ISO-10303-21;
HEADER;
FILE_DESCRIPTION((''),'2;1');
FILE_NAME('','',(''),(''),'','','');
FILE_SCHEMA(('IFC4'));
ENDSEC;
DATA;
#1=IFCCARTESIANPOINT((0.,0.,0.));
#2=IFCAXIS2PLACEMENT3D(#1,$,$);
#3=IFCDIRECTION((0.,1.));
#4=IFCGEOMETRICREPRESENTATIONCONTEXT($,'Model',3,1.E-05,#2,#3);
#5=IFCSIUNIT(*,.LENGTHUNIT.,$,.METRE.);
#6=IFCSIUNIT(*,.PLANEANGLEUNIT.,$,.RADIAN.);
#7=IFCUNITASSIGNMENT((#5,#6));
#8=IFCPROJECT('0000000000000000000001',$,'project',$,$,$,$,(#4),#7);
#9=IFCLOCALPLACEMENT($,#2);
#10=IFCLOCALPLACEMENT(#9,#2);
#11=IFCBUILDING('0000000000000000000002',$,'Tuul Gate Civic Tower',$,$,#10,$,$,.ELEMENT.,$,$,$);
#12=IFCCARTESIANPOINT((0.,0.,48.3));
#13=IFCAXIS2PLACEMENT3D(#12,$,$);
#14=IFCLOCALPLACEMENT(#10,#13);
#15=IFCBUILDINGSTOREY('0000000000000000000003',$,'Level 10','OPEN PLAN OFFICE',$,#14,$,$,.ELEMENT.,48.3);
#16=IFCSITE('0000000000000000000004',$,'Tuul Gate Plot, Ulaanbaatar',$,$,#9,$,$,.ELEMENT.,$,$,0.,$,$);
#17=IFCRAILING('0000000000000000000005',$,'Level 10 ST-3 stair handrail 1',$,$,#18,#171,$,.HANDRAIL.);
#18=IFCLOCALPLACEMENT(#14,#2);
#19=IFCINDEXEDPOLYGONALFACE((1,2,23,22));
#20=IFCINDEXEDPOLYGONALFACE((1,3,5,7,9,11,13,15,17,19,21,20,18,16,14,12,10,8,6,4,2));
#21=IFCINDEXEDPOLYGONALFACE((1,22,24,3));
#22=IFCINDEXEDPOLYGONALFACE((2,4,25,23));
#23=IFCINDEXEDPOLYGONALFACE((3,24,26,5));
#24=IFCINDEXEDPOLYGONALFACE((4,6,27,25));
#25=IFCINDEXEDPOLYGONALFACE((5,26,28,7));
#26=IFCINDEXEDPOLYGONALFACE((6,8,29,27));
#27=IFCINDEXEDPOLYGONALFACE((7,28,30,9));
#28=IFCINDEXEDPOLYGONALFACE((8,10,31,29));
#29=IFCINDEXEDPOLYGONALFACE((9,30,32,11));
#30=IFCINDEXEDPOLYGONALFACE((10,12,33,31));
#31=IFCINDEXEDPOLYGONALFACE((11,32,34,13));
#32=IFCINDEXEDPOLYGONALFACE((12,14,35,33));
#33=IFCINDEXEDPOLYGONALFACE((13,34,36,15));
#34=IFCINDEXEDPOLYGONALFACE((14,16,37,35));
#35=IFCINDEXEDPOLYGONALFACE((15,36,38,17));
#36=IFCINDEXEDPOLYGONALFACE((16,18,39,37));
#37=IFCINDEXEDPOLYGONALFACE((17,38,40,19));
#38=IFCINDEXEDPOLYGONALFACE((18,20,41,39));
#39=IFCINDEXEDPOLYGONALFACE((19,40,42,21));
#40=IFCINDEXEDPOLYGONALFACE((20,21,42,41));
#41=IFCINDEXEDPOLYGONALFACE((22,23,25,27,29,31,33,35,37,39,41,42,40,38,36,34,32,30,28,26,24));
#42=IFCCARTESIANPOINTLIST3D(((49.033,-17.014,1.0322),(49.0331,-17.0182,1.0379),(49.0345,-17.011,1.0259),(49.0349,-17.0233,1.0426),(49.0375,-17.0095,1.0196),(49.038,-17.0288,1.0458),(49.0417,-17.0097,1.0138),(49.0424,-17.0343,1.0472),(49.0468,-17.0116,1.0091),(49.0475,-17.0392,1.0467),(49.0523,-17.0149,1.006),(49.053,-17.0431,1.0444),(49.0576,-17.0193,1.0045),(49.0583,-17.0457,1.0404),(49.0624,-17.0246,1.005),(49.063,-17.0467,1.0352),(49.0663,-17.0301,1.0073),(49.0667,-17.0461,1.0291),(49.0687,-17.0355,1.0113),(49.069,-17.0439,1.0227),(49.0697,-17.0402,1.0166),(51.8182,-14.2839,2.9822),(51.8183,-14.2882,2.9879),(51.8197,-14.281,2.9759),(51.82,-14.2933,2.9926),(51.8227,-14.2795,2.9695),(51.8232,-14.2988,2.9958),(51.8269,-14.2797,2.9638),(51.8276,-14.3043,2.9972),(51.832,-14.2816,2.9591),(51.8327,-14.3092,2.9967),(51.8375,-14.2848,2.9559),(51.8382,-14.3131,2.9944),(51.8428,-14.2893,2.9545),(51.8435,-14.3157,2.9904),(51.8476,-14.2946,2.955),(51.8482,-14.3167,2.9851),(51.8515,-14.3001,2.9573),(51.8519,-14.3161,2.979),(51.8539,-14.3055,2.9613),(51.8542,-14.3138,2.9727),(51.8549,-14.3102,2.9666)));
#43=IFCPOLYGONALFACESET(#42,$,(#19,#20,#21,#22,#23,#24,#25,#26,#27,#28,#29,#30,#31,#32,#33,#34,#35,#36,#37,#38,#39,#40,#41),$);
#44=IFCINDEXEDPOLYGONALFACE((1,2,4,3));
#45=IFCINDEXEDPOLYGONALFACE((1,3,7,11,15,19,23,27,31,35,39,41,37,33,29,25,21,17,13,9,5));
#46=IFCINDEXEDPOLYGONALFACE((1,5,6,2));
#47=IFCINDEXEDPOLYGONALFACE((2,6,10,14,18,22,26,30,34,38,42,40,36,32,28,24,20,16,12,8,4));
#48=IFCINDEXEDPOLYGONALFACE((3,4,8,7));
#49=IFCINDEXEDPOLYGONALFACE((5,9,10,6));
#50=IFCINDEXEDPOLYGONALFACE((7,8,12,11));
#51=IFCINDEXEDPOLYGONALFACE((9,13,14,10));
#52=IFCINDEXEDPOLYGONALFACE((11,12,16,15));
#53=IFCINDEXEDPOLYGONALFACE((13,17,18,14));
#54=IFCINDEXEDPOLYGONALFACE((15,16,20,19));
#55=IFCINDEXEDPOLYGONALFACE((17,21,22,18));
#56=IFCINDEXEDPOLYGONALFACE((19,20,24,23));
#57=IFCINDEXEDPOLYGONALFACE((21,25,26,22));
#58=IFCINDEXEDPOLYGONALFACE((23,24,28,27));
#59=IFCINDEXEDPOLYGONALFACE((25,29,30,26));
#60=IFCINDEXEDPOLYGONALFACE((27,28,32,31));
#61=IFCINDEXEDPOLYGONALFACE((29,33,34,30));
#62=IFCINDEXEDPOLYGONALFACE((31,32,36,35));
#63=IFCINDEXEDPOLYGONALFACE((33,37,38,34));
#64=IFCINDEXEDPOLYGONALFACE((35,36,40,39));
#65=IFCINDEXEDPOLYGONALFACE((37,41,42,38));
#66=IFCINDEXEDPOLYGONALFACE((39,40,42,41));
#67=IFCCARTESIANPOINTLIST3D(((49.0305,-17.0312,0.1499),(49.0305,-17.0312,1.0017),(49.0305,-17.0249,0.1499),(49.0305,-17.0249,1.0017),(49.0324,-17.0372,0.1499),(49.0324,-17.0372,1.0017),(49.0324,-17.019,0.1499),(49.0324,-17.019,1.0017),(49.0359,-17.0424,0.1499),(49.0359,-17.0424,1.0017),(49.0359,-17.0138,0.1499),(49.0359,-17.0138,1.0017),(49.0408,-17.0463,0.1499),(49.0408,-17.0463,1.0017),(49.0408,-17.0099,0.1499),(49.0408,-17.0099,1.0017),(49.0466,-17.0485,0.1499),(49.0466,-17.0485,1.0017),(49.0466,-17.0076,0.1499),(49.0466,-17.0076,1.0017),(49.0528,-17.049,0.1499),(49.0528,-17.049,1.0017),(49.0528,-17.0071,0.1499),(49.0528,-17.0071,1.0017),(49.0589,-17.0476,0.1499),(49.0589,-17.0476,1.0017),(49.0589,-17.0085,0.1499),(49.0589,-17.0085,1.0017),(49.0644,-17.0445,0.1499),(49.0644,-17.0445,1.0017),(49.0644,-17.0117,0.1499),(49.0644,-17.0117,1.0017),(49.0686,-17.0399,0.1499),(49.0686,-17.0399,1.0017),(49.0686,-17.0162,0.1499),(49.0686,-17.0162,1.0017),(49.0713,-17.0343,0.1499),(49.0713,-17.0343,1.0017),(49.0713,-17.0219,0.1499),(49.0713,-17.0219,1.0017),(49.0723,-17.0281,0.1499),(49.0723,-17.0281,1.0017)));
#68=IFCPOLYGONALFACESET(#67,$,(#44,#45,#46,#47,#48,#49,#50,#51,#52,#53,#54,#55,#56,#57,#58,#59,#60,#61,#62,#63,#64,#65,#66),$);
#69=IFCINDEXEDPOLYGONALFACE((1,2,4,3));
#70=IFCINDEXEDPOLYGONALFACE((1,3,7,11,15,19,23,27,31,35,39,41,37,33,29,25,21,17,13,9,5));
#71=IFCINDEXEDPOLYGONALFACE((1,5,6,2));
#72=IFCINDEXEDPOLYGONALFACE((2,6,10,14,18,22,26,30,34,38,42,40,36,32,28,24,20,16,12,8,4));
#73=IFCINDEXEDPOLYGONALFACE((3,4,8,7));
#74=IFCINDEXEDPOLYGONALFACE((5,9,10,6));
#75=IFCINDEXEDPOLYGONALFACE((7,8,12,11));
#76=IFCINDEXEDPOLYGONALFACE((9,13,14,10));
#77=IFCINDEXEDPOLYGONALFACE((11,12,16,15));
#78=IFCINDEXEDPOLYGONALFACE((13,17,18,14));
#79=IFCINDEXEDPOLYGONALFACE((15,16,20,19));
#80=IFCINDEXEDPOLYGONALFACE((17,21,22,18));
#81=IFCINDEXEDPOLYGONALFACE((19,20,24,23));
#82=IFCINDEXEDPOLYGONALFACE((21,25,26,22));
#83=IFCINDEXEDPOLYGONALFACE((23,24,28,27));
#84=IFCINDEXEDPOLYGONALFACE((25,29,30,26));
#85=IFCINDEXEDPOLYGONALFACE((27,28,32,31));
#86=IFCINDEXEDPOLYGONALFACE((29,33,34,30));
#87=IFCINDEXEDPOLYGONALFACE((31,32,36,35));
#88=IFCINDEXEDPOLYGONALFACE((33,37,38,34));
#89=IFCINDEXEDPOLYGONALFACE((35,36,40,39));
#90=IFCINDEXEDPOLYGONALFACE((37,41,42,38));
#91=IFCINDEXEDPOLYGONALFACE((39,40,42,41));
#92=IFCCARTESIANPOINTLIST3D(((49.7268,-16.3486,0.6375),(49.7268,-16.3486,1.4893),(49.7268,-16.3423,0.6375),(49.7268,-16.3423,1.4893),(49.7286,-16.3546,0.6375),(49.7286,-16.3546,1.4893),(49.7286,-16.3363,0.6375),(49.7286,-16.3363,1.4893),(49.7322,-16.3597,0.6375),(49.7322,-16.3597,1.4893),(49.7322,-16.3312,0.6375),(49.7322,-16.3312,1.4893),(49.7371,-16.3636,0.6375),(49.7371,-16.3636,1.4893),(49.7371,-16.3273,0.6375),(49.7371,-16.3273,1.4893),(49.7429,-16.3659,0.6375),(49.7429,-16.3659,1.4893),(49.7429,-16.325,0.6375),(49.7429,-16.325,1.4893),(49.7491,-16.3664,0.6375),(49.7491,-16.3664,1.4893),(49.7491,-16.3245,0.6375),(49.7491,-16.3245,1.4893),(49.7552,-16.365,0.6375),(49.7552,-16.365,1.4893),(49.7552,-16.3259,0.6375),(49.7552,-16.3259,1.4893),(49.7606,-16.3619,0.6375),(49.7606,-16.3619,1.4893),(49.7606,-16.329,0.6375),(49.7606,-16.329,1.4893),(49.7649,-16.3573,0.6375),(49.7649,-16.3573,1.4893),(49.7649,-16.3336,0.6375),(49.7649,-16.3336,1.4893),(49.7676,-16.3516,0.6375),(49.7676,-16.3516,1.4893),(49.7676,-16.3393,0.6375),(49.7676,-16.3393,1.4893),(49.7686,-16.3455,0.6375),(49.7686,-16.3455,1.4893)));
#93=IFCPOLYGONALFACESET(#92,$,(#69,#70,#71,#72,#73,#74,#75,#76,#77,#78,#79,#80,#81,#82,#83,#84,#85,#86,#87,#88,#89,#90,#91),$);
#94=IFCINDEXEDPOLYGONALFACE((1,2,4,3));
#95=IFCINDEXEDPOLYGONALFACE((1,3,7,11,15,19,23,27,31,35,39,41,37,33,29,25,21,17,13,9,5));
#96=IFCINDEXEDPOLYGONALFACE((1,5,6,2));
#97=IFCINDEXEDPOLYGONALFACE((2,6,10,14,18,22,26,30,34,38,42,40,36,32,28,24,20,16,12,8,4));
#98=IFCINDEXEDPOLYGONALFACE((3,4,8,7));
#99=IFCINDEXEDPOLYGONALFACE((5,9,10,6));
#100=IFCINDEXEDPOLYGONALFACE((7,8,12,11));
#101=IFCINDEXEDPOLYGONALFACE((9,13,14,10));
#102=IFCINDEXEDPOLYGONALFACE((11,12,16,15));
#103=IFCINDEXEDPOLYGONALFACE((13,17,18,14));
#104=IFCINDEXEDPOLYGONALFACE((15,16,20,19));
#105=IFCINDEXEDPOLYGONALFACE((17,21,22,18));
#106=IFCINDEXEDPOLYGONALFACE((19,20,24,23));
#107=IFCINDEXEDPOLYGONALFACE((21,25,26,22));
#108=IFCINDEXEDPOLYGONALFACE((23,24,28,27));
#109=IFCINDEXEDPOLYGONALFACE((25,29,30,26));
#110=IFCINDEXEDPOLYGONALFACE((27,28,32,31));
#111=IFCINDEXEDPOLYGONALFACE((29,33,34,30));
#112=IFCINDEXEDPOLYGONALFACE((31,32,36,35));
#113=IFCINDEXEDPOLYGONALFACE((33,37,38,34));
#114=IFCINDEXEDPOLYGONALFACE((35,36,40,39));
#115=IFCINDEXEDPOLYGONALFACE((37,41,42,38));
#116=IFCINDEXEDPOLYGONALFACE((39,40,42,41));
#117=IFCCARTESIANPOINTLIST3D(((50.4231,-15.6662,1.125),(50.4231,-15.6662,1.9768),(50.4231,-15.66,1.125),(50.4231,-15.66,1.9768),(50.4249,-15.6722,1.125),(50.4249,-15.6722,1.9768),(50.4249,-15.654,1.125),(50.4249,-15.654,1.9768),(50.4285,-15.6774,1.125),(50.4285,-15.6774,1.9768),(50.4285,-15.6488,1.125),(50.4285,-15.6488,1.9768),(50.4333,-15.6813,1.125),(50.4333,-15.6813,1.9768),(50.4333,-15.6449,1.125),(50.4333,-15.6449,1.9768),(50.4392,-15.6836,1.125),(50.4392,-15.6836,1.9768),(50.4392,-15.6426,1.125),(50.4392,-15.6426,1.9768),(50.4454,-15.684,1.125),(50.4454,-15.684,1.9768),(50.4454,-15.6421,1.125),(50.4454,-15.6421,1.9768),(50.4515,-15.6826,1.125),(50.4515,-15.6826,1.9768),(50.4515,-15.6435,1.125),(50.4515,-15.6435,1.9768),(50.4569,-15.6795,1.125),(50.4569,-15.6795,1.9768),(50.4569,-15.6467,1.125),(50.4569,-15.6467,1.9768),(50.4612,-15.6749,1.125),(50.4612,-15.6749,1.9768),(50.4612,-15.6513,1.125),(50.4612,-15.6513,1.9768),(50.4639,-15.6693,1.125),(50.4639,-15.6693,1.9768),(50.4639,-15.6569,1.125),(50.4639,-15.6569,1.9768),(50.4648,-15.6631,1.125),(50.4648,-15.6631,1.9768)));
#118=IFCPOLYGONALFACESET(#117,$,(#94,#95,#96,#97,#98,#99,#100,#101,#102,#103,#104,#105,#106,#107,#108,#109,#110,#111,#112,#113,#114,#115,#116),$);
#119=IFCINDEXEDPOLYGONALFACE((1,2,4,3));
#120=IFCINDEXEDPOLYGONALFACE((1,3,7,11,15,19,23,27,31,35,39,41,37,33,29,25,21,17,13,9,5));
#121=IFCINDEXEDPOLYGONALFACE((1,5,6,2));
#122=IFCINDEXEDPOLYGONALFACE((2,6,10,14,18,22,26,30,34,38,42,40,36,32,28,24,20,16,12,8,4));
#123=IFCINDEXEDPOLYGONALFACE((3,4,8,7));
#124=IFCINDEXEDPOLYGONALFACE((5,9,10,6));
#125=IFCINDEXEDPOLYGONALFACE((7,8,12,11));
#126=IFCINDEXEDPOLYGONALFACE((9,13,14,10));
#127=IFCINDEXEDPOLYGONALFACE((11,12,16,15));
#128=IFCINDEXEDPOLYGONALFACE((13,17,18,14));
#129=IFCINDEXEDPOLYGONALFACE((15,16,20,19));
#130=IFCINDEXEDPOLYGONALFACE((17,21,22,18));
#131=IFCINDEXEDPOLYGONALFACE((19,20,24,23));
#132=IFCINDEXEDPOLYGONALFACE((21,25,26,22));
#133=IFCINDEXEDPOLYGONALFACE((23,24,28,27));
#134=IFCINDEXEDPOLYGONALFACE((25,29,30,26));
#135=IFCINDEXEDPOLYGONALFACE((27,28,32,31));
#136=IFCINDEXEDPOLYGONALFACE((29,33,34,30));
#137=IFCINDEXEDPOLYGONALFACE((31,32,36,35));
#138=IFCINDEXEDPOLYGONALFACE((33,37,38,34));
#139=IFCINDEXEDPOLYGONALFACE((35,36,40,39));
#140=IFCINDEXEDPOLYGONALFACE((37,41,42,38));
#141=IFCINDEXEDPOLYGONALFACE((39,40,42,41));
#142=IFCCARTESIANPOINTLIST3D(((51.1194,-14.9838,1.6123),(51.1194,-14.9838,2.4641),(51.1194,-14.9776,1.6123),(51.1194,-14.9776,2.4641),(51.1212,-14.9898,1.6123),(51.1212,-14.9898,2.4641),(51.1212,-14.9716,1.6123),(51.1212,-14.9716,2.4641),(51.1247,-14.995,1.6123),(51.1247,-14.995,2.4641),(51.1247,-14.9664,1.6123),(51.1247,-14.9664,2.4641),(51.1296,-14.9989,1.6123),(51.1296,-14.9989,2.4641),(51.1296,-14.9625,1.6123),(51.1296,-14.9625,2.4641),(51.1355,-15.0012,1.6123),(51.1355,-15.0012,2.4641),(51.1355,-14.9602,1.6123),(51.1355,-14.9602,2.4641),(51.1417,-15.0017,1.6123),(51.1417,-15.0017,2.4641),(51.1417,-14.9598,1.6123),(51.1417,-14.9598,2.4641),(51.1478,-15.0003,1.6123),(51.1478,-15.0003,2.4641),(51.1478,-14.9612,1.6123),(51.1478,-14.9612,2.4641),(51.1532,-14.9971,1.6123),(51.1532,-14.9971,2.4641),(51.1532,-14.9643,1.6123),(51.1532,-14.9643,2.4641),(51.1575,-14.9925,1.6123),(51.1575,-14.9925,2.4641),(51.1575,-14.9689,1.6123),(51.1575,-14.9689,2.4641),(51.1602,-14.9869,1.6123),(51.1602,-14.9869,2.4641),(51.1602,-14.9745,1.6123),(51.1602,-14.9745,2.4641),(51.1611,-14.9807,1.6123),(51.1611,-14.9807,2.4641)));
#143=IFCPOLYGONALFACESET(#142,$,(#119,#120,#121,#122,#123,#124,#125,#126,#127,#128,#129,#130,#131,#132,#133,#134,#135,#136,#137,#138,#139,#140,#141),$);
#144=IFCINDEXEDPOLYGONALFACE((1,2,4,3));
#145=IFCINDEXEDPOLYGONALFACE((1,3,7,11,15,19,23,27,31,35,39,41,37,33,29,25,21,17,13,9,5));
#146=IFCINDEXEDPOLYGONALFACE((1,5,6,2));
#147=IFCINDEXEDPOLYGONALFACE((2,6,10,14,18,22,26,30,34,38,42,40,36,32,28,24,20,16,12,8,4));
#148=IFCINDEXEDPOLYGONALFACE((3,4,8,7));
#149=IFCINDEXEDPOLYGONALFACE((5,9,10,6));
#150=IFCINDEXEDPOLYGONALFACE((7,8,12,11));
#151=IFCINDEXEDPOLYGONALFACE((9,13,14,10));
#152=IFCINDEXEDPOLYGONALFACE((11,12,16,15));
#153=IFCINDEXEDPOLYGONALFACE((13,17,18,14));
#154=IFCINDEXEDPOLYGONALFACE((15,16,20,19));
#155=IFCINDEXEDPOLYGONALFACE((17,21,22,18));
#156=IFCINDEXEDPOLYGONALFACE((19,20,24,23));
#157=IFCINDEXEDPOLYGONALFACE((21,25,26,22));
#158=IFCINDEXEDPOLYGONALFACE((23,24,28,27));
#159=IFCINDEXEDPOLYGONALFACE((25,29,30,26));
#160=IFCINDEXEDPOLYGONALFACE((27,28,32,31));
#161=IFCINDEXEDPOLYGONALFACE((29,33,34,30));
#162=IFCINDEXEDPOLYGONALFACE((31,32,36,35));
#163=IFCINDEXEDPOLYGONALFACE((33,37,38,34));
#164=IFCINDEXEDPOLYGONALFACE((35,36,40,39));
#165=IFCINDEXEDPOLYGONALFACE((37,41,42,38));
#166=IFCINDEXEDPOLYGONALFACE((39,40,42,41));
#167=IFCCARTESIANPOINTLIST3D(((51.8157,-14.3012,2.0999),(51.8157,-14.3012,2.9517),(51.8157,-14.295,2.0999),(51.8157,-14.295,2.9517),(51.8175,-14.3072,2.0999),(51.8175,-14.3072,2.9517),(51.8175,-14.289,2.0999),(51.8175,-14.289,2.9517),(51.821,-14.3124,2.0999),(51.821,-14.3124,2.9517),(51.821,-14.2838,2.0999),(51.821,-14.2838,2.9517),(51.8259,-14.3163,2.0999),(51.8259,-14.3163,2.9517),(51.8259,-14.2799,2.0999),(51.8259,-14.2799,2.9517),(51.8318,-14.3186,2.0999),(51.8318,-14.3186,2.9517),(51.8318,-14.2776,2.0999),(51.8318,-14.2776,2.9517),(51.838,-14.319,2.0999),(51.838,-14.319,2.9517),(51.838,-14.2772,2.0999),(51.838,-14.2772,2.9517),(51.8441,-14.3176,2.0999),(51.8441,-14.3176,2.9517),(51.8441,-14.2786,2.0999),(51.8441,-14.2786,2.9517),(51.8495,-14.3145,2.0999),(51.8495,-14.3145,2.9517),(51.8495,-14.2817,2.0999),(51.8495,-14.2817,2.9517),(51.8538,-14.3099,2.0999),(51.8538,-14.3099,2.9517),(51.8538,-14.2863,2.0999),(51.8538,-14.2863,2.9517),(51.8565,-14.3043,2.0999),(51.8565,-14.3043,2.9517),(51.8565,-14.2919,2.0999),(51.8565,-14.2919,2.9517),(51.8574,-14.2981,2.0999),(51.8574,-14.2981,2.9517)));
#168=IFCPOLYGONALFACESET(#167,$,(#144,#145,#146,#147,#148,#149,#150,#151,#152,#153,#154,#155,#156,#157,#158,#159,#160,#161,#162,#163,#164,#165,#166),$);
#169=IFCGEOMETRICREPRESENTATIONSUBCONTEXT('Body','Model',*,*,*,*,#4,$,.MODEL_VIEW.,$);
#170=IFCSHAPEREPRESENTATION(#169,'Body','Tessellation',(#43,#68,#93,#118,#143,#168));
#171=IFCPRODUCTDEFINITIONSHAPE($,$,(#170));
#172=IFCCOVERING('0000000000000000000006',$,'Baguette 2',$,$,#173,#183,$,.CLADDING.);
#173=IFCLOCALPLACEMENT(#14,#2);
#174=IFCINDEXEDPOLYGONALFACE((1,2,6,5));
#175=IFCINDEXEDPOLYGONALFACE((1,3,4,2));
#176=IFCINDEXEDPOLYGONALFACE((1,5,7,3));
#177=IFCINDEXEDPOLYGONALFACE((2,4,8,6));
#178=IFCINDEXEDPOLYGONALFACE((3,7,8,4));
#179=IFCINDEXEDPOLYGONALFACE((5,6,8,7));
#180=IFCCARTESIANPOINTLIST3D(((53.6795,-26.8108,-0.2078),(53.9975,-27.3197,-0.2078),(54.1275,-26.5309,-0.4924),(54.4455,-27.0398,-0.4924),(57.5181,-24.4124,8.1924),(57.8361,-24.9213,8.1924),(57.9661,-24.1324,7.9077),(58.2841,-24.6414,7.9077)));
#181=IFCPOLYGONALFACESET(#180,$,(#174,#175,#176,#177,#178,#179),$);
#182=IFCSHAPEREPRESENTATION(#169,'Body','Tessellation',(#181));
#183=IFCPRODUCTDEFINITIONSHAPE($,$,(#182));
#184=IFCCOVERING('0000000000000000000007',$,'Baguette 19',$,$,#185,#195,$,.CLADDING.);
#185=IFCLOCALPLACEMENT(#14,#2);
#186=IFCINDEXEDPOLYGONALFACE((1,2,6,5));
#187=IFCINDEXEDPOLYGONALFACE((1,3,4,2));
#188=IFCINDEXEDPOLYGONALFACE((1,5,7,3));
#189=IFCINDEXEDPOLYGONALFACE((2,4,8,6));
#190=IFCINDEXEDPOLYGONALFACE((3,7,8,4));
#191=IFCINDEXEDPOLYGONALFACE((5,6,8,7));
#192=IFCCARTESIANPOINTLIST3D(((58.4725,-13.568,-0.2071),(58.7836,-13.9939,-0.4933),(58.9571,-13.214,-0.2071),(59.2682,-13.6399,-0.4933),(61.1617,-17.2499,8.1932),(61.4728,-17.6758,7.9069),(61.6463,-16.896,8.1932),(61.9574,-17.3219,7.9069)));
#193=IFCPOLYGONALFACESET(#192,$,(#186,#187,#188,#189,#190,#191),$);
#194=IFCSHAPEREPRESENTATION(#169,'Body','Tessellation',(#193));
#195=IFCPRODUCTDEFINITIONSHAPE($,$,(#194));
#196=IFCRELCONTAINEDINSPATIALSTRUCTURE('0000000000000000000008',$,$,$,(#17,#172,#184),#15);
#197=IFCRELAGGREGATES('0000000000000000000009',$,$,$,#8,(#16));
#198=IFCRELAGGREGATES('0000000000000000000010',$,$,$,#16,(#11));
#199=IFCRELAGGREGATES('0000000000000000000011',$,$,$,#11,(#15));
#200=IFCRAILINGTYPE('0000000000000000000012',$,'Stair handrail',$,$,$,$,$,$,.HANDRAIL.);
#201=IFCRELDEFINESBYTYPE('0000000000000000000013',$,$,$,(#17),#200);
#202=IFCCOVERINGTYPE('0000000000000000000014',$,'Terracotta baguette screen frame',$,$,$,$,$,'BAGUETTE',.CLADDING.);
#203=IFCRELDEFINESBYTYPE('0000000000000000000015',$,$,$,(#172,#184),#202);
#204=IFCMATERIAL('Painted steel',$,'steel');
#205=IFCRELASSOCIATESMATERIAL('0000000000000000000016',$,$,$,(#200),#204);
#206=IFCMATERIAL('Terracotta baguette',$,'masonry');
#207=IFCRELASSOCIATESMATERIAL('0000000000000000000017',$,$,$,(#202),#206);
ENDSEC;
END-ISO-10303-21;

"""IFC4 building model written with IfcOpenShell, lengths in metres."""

from ifc_helpers import new_model, si_unit, direction, frame, origin, origin_2d, place, context, subcontext, project, spatial, rectangle, circle, extrude, material, material_profile, profile_set, type_object, element, save


model = new_model("IFC4")

# Units and contexts
model_context = context("Model", 3, precision=1e-05, world=origin(), true_north=direction((0.0, 1.0)))
body_context = subcontext(model_context, "Body", "Model", "MODEL_VIEW")
ifc_project = project(units=[si_unit("LENGTHUNIT", "METRE"), si_unit("PLANEANGLEUNIT", "RADIAN")], contexts=[model_context])

# Site, building, storey
site_placement = place(None, origin())
site = spatial("IfcSite", under=ifc_project, at=site_placement, Name="Tuul Gate Plot, Ulaanbaatar", CompositionType="ELEMENT", RefElevation=0.0)
building_placement = place(site_placement, origin())
building = spatial("IfcBuilding", under=site, at=building_placement, Name="Tuul Gate Civic Tower", CompositionType="ELEMENT")
storey_placement = place(building_placement, frame((0.0, 0.0, 48.3)))
storey = spatial("IfcBuildingStorey", under=building, at=storey_placement, Name="Level 10", Description="OPEN PLAN OFFICE", CompositionType="ELEMENT", Elevation=48.3)

# Railing
ifc_material_1 = material(Name="Painted steel", Category="steel")
railing_type_1 = type_object("IfcRailingType", Name="Stair handrail", PredefinedType="HANDRAIL", material=ifc_material_1)
railing_1_placement = place(storey_placement, frame((49.0513, -17.0281, 0.1499)))
element("IfcRailing", 1, at=railing_1_placement, inside=storey, type_object=railing_type_1, Name="Level 10 ST-3 stair handrail 1", PredefinedType="HANDRAIL", context=body_context, shape_type="SweptSolid", body=[
    extrude(circle(Radius=0.0239, at=origin_2d()), frame((0.0, 0.0, 0.876), z_axis=(0.638754, 0.6261, 0.447206), x_axis=(-0.699998, 0.714145, 0.0)), (0.0, 0.0, 1.0), 4.3604),
    extrude(circle(Radius=0.021, at=origin_2d()), origin(), (0.0, 0.0, 1.0), 0.8518),
    extrude(circle(Radius=0.021, at=origin_2d()), frame((0.6963, 0.6826, 0.4875)), (0.0, 0.0, 1.0), 0.8518),
    extrude(circle(Radius=0.021, at=origin_2d()), frame((1.3926, 1.365, 0.9751)), (0.0, 0.0, 1.0), 0.8518),
    extrude(circle(Radius=0.021, at=origin_2d()), frame((2.0889, 2.0474, 1.4624)), (0.0, 0.0, 1.0), 0.8518),
    extrude(circle(Radius=0.021, at=origin_2d()), frame((2.7852, 2.73, 1.95)), (0.0, 0.0, 1.0), 0.8518),
])

# Coverings
ifc_material_2 = material(Name="Terracotta baguette", Category="masonry")
ifc_material_profile_1 = material_profile(ifc_material_2, rectangle(XDim=0.6001, YDim=0.6001, at=origin_2d()), Name="Terracotta baguette screen frame")
ifc_profile_set_1 = profile_set([ifc_material_profile_1], Name="Terracotta baguette")
covering_type = type_object("IfcCoveringType", Name="Terracotta baguette screen frame", ElementType="BAGUETTE", PredefinedType="CLADDING", material=ifc_profile_set_1)
covering_1_placement = place(storey_placement, frame((54.0625, -26.9253, -0.3501), z_axis=(0.402287, 0.251356, 0.880333), x_axis=(-0.529887, 0.848068, 0.0)))
element("IfcCovering", 2, at=covering_1_placement, inside=storey, type_object=covering_type, Name="Baguette 2", PredefinedType="CLADDING", context=body_context, shape_type="SweptSolid", body=[
    extrude(rectangle(XDim=0.6001, YDim=0.6001, at=origin_2d()), origin(), (0.0, 0.0, 1.0), 9.542),
])
covering_2_placement = place(storey_placement, frame((61.5596, -17.2859, 8.05), z_axis=(-0.281364, 0.385225, -0.878883), x_axis=(-0.807537, -0.589817, 0.0)))
element("IfcCovering", 3, at=covering_2_placement, inside=storey, type_object=covering_type, Name="Baguette 19", PredefinedType="CLADDING", context=body_context, shape_type="SweptSolid", body=[
    extrude(rectangle(XDim=0.6001, YDim=0.6001, at=origin_2d()), origin(), (0.0, 0.0, 1.0), 9.5579),
])

save(model, "model.ifc")
